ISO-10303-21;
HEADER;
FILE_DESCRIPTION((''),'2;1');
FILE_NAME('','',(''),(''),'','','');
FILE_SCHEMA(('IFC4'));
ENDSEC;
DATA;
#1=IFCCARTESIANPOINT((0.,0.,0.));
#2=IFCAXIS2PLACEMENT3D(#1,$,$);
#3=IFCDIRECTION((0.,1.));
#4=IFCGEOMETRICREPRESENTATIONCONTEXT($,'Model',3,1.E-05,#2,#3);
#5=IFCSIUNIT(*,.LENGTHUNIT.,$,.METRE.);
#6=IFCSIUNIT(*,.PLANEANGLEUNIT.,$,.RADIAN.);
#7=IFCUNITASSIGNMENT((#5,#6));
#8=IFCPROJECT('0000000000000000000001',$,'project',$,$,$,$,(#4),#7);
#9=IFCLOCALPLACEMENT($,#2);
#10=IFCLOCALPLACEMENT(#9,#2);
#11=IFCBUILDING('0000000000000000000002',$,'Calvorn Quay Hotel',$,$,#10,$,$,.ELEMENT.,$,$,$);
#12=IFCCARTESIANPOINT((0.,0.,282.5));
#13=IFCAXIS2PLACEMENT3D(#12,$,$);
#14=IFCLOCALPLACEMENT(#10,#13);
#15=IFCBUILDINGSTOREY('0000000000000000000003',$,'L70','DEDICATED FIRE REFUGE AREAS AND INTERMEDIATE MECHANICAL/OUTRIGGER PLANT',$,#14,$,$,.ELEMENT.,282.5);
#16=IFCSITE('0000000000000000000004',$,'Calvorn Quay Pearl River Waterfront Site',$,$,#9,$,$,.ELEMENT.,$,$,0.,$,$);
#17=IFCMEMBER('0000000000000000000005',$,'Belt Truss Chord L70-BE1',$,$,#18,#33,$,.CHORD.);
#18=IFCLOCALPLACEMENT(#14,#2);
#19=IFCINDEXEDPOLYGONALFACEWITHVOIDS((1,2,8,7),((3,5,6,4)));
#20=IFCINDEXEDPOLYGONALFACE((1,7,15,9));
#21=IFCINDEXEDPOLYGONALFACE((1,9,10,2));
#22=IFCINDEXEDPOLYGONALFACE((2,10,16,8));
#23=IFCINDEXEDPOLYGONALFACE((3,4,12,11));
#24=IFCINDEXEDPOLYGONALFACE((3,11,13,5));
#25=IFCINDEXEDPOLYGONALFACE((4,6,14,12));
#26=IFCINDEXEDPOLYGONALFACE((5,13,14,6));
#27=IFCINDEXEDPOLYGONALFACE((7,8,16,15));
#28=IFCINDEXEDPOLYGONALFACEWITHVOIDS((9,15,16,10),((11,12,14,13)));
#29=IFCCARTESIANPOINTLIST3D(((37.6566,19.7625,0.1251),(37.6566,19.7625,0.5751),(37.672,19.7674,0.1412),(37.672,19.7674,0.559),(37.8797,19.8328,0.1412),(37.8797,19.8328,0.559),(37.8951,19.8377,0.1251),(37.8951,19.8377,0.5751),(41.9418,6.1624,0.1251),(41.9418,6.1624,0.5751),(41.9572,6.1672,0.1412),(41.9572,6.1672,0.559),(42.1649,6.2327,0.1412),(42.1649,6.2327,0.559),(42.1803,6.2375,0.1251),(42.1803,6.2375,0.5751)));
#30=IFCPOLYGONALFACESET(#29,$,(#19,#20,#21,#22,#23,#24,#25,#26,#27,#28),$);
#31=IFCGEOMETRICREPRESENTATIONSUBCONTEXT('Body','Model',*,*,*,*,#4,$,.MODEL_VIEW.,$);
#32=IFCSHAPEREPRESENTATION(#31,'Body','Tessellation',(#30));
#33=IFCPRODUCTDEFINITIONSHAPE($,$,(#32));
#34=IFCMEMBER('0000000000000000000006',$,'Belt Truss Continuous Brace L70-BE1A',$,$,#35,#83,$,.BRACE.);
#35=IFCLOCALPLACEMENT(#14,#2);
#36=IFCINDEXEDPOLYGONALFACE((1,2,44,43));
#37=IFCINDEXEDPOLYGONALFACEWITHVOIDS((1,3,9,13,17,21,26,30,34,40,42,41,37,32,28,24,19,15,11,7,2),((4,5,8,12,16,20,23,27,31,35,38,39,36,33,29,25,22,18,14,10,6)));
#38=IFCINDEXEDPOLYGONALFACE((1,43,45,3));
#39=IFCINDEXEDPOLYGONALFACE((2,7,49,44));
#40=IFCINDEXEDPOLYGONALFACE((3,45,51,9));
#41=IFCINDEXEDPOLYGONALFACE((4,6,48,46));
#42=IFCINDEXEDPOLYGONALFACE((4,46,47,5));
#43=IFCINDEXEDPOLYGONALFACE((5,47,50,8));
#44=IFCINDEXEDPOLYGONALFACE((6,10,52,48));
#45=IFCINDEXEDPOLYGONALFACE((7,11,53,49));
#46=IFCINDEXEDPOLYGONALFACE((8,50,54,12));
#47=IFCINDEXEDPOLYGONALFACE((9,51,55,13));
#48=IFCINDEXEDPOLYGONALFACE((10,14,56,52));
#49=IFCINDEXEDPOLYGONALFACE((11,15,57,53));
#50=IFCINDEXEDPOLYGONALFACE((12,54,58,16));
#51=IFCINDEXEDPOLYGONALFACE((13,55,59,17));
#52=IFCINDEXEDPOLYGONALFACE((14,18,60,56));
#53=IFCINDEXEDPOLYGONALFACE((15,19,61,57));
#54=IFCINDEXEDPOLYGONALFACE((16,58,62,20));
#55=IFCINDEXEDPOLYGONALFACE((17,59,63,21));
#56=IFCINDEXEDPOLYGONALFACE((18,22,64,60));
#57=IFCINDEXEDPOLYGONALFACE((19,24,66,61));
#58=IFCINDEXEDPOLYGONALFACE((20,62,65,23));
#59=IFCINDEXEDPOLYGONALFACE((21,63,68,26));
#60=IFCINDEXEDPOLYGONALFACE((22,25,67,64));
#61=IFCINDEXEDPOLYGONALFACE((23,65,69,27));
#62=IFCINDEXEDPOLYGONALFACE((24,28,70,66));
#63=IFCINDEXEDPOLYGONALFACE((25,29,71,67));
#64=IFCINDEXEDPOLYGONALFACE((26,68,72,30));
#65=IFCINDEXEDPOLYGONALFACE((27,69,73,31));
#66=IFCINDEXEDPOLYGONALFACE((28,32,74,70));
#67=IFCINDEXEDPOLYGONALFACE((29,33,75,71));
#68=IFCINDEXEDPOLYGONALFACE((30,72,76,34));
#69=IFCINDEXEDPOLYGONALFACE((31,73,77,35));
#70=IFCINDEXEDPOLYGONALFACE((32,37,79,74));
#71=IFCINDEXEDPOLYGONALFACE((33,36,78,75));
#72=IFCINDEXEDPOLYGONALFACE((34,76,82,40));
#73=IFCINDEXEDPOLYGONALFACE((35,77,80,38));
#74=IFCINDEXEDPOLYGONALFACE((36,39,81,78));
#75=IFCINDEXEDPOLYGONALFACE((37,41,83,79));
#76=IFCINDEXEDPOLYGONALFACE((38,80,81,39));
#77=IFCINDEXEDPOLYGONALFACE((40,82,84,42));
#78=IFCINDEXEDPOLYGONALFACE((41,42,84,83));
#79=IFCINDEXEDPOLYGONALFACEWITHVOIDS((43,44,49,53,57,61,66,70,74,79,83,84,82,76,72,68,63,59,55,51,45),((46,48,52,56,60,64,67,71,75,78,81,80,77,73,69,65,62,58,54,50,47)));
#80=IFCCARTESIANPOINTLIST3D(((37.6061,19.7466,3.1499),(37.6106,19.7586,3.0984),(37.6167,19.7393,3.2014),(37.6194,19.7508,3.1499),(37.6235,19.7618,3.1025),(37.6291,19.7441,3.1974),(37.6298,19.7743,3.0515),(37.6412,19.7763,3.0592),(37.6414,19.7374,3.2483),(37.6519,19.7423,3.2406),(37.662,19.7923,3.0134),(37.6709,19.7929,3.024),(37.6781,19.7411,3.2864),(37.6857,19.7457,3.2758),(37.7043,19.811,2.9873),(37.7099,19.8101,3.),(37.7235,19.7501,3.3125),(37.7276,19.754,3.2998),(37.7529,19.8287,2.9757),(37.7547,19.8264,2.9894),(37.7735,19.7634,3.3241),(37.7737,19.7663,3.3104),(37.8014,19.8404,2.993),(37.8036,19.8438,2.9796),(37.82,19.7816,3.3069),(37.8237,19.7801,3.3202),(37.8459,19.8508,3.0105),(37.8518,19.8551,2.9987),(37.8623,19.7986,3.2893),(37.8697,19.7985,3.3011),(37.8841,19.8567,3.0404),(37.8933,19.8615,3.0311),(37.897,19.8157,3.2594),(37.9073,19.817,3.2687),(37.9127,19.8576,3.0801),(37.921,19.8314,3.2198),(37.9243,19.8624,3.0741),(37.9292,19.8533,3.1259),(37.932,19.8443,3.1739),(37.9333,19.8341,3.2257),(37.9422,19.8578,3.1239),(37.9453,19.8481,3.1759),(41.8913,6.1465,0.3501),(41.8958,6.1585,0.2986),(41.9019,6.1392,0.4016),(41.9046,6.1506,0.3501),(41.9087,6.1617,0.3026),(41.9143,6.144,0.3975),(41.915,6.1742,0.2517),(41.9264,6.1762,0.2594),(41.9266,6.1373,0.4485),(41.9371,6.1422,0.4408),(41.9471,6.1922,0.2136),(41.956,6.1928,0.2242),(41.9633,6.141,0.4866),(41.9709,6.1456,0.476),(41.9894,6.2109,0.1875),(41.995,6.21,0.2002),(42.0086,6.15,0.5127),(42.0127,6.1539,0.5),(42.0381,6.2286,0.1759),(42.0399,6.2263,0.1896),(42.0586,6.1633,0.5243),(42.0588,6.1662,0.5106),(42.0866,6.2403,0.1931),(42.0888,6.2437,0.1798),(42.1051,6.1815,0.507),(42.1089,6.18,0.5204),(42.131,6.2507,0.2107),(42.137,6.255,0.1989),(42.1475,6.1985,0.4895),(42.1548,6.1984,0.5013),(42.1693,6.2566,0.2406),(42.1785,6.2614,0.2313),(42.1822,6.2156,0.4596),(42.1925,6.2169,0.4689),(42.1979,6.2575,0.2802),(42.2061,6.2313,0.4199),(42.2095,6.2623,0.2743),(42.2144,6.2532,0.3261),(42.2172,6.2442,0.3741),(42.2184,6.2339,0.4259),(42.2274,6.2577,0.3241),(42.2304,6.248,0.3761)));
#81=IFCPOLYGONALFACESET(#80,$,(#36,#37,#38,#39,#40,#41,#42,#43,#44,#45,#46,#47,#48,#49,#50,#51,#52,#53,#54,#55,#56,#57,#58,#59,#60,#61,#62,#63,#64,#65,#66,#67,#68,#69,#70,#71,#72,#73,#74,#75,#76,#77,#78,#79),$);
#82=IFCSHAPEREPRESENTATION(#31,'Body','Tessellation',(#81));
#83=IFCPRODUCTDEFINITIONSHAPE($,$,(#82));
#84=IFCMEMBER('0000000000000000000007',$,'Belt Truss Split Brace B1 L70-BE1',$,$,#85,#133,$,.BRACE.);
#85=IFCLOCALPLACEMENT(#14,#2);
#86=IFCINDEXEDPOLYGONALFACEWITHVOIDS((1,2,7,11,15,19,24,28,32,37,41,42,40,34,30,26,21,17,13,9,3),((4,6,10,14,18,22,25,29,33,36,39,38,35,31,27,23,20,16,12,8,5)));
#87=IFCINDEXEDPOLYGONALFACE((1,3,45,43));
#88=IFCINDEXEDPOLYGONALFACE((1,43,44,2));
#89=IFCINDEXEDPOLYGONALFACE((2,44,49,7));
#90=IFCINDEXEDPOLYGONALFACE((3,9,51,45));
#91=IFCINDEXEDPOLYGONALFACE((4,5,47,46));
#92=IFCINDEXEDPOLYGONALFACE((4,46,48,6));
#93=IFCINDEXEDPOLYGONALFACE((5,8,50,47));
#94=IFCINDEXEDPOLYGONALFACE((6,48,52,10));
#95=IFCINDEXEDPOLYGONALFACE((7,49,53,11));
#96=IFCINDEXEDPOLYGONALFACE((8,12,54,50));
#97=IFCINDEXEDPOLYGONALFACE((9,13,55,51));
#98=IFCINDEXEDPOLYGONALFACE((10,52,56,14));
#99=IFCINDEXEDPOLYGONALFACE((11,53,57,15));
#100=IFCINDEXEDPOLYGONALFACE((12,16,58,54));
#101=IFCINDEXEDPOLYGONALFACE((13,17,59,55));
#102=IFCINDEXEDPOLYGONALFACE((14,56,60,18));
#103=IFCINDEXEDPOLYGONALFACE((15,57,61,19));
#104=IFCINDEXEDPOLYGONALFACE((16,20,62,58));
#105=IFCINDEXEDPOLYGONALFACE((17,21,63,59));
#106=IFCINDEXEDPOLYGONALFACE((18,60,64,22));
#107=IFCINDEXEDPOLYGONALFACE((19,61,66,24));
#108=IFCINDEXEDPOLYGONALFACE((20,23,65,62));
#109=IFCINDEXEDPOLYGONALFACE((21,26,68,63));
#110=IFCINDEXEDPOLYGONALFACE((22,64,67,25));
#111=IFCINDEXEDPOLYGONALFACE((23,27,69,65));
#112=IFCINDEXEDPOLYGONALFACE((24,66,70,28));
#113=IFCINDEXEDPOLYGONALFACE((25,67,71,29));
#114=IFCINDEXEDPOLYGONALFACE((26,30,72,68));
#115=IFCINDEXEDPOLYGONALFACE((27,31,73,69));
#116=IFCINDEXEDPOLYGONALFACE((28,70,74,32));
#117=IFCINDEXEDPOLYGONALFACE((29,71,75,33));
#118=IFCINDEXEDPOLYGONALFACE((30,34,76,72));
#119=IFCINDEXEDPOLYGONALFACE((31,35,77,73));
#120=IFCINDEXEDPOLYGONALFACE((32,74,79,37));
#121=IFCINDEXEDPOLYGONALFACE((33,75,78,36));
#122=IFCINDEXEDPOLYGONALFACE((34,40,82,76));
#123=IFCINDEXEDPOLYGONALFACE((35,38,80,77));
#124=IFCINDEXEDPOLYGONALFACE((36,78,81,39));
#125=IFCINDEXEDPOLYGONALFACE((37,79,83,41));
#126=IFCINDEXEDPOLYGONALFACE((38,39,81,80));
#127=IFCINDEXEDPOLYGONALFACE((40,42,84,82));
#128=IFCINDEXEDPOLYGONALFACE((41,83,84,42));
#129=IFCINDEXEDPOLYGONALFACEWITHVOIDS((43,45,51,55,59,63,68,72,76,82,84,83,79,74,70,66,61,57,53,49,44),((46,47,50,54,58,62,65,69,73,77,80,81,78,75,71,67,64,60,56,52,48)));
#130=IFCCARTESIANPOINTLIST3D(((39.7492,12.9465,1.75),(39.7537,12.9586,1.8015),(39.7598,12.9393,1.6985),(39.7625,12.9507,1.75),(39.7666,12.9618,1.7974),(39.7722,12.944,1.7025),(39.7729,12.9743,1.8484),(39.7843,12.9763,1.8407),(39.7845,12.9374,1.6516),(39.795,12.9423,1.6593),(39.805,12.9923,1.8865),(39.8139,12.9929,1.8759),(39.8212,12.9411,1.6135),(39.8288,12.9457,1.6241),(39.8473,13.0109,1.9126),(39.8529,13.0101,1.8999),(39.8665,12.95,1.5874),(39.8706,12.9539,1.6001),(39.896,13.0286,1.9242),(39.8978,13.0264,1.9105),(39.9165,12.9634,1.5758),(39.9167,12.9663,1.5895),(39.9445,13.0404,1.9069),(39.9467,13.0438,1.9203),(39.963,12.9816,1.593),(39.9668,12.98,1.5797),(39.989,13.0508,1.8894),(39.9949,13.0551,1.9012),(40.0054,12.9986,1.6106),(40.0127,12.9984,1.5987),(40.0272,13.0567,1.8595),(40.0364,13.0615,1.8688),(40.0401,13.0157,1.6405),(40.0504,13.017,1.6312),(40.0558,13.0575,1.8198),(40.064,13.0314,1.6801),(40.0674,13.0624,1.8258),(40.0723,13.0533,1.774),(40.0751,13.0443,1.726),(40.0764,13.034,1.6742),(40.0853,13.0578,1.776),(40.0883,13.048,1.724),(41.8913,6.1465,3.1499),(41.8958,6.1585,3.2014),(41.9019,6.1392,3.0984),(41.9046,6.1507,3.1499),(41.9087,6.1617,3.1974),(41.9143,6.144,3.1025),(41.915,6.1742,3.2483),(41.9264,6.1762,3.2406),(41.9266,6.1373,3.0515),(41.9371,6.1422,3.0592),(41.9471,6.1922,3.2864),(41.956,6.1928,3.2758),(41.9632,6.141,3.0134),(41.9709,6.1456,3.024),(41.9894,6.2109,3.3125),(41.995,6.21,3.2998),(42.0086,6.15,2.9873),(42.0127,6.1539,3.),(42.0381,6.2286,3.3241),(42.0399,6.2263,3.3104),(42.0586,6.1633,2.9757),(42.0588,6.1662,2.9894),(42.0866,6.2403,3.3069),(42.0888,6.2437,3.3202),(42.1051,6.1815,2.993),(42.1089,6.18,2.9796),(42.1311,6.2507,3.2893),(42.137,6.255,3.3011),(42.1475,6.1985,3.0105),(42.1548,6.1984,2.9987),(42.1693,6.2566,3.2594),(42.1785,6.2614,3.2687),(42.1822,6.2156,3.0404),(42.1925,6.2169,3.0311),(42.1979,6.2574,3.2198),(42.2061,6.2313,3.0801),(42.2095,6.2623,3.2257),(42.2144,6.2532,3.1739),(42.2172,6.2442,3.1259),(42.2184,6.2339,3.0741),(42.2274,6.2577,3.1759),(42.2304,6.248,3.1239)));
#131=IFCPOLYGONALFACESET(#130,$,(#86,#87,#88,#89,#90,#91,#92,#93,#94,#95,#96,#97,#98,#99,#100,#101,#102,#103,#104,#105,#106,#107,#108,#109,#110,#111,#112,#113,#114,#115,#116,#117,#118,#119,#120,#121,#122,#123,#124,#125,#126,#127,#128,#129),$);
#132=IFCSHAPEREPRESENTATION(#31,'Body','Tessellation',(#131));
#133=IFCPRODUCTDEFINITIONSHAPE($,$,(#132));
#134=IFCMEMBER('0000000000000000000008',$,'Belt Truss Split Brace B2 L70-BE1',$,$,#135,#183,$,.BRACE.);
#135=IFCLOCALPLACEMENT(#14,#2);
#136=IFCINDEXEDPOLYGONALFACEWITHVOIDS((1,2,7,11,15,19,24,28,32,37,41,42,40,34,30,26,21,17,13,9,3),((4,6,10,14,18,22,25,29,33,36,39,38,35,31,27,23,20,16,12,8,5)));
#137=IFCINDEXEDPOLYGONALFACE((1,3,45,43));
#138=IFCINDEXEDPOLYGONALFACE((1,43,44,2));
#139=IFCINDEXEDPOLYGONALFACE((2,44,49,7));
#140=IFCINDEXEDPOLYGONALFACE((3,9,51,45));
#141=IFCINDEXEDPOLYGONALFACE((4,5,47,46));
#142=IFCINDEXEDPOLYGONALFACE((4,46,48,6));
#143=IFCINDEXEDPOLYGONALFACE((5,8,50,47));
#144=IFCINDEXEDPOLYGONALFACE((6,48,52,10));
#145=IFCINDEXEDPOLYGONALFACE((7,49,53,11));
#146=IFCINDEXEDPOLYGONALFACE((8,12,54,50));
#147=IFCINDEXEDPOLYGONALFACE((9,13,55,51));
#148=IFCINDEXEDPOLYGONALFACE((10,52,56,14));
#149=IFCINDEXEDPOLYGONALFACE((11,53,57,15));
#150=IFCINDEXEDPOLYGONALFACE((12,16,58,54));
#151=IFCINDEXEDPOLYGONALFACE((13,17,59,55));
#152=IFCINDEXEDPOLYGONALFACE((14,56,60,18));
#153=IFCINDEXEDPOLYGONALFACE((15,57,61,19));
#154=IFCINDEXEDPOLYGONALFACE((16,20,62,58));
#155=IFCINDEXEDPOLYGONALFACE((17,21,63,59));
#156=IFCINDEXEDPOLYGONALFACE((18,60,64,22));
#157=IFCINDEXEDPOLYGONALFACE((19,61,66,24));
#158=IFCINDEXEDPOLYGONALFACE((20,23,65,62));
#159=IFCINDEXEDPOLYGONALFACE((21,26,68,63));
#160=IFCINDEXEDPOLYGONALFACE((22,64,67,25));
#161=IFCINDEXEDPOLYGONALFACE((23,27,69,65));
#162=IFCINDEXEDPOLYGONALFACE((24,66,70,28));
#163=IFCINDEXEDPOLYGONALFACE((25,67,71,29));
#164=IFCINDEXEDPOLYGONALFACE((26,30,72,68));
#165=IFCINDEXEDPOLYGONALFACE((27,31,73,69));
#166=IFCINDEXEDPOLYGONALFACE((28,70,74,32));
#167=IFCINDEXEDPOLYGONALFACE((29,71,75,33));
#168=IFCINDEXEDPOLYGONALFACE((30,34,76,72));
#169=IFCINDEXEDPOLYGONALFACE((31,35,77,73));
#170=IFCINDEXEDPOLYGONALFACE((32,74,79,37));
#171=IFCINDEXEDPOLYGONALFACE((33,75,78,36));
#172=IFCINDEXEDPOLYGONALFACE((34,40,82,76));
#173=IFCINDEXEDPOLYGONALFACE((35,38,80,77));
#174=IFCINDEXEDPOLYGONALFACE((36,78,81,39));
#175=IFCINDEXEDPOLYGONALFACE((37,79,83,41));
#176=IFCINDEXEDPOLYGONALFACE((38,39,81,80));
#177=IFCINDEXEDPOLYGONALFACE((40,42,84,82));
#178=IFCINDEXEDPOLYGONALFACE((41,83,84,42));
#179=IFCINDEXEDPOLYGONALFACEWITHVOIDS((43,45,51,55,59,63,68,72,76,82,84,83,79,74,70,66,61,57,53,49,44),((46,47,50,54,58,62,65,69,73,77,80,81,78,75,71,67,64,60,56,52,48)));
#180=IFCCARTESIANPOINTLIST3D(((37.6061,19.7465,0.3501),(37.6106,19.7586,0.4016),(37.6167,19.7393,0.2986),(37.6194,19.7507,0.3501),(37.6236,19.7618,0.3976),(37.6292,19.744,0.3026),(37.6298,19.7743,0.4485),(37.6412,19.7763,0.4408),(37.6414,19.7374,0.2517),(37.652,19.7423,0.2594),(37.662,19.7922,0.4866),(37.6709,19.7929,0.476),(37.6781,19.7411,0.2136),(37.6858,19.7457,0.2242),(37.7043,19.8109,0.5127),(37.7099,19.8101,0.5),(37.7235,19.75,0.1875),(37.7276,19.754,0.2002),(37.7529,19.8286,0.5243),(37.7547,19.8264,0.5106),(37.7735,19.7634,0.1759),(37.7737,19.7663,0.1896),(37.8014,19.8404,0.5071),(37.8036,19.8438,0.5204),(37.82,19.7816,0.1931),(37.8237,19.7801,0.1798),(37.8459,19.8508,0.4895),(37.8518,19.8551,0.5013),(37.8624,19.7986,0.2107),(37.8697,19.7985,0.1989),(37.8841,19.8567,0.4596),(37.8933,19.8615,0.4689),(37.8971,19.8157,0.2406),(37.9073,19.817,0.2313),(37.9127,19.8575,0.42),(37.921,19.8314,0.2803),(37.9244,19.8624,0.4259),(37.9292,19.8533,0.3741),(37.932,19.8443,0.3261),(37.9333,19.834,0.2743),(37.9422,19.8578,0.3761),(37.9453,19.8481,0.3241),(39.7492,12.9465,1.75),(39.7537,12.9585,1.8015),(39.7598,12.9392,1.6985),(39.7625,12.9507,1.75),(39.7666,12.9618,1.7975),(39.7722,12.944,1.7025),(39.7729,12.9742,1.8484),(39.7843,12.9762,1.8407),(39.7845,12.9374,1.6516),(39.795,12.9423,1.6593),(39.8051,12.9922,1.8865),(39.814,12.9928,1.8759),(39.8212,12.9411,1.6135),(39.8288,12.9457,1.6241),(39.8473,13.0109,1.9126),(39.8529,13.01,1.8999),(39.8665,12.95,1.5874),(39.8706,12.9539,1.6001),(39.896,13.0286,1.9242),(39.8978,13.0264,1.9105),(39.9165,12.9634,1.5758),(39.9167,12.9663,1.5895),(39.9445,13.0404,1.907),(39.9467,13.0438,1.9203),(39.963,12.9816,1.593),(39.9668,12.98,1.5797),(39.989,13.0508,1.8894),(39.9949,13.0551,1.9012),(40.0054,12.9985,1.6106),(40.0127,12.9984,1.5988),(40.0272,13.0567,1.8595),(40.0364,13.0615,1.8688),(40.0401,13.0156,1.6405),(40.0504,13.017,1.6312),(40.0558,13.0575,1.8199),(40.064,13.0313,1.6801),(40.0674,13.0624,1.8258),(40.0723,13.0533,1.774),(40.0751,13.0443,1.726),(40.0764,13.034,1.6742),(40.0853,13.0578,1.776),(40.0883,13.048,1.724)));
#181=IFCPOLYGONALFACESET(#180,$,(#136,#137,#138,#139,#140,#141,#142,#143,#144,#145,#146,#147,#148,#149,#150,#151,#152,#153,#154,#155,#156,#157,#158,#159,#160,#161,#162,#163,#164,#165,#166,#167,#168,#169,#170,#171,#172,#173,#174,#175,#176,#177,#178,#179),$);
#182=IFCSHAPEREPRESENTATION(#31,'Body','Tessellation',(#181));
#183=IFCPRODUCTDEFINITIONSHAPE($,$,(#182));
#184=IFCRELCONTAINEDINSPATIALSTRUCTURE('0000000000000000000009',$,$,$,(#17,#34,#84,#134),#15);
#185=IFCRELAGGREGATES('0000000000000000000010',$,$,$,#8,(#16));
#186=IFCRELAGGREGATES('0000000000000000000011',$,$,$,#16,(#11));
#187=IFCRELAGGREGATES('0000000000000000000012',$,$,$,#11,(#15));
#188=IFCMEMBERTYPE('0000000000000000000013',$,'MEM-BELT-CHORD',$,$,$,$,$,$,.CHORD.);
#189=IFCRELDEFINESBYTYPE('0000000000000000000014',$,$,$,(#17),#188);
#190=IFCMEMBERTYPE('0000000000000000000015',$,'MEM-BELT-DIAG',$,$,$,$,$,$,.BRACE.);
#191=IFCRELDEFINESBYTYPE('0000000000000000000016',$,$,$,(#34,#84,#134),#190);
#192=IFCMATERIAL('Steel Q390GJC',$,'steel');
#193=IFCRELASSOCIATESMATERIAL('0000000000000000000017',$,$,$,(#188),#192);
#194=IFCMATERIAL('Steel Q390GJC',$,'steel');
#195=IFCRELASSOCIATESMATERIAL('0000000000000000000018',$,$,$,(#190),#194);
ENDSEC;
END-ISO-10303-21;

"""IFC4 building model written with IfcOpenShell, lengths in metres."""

from ifc_helpers import new_model, si_unit, direction, frame, origin, origin_2d, place, context, subcontext, project, spatial, hollow_rectangle, hollow_circle, extrude, material, material_profile, profile_set, type_object, element, save


model = new_model("IFC4")

# Units and contexts
model_context = context("Model", 3, precision=1e-05, world=origin(), true_north=direction((0.0, 1.0)))
body_context = subcontext(model_context, "Body", "Model", "MODEL_VIEW")
ifc_project = project(units=[si_unit("LENGTHUNIT", "METRE"), si_unit("PLANEANGLEUNIT", "RADIAN")], contexts=[model_context])

# Site, building, storey
site_placement = place(None, origin())
site = spatial("IfcSite", under=ifc_project, at=site_placement, Name="Calvorn Quay Pearl River Waterfront Site", CompositionType="ELEMENT", RefElevation=0.0)
building_placement = place(site_placement, origin())
building = spatial("IfcBuilding", under=site, at=building_placement, Name="Calvorn Quay Hotel", CompositionType="ELEMENT")
storey_placement = place(building_placement, frame((0.0, 0.0, 282.5)))
storey = spatial("IfcBuildingStorey", under=building, at=storey_placement, Name="L70", Description="DEDICATED FIRE REFUGE AREAS AND INTERMEDIATE MECHANICAL/OUTRIGGER PLANT", CompositionType="ELEMENT", Elevation=282.5)

# Members
ifc_material_1 = material(Name="Steel Q390GJC", Category="steel")
ifc_material_profile_1 = material_profile(ifc_material_1, hollow_rectangle(XDim=0.25, YDim=0.45, WallThickness=0.0161, at=origin_2d()), Name="RHS450x250x16")
ifc_profile_set_1 = profile_set([ifc_material_profile_1], Name="Steel Q390GJC")
member_type_1 = type_object("IfcMemberType", Name="MEM-BELT-CHORD", PredefinedType="CHORD", material=ifc_profile_set_1)
member_1_placement = place(storey_placement, frame((42.061, 6.2, 0.3501), z_axis=(-0.300518, 0.953776, 0.0), x_axis=(-0.953776, -0.300518, 0.0)))
element("IfcMember", 1, at=member_1_placement, inside=storey, type_object=member_type_1, Name="Belt Truss Chord L70-BE1", PredefinedType="CHORD", context=body_context, shape_type="SweptSolid", body=[
    extrude(hollow_rectangle(XDim=0.25, YDim=0.45, WallThickness=0.0161, at=origin_2d()), origin(), (0.0, 0.0, 1.0), 14.2593),
])
ifc_material_2 = material(Name="Steel Q390GJC", Category="steel")
ifc_material_profile_2 = material_profile(ifc_material_2, hollow_circle(Radius=0.178, WallThickness=0.0139, at=origin_2d()), Name="CHS356x14")
ifc_profile_set_2 = profile_set([ifc_material_profile_2], Name="Steel Q390GJC")
member_type_2 = type_object("IfcMemberType", Name="MEM-BELT-DIAG", PredefinedType="BRACE", material=ifc_profile_set_2)
member_2_placement = place(storey_placement, frame((42.061, 6.2, 0.3501), z_axis=(-0.294888, 0.935905, 0.192672), x_axis=(-0.953776, -0.300518, 0.0)))
element("IfcMember", 2, at=member_2_placement, inside=storey, type_object=member_type_2, Name="Belt Truss Continuous Brace L70-BE1A", PredefinedType="BRACE", context=body_context, shape_type="SweptSolid", body=[
    extrude(hollow_circle(Radius=0.178, WallThickness=0.0139, at=origin_2d()), origin(), (0.0, 0.0, 1.0), 14.5315),
])
member_3_placement = place(storey_placement, frame((42.061, 6.2, 3.1499), z_axis=(-0.294826, 0.935924, -0.192675), x_axis=(-0.953796, -0.300456, 0.0)))
element("IfcMember", 3, at=member_3_placement, inside=storey, type_object=member_type_2, Name="Belt Truss Split Brace B1 L70-BE1", PredefinedType="BRACE", context=body_context, shape_type="SweptSolid", body=[
    extrude(hollow_circle(Radius=0.178, WallThickness=0.0139, at=origin_2d()), origin(), (0.0, 0.0, 1.0), 7.2656),
])
member_4_placement = place(storey_placement, frame((39.9189, 13.0, 1.75), z_axis=(-0.294949, 0.935887, -0.192668), x_axis=(-0.953756, -0.300581, 0.0)))
element("IfcMember", 4, at=member_4_placement, inside=storey, type_object=member_type_2, Name="Belt Truss Split Brace B2 L70-BE1", PredefinedType="BRACE", context=body_context, shape_type="SweptSolid", body=[
    extrude(hollow_circle(Radius=0.178, WallThickness=0.0139, at=origin_2d()), origin(), (0.0, 0.0, 1.0), 7.2659),
])

save(model, "model.ifc")
